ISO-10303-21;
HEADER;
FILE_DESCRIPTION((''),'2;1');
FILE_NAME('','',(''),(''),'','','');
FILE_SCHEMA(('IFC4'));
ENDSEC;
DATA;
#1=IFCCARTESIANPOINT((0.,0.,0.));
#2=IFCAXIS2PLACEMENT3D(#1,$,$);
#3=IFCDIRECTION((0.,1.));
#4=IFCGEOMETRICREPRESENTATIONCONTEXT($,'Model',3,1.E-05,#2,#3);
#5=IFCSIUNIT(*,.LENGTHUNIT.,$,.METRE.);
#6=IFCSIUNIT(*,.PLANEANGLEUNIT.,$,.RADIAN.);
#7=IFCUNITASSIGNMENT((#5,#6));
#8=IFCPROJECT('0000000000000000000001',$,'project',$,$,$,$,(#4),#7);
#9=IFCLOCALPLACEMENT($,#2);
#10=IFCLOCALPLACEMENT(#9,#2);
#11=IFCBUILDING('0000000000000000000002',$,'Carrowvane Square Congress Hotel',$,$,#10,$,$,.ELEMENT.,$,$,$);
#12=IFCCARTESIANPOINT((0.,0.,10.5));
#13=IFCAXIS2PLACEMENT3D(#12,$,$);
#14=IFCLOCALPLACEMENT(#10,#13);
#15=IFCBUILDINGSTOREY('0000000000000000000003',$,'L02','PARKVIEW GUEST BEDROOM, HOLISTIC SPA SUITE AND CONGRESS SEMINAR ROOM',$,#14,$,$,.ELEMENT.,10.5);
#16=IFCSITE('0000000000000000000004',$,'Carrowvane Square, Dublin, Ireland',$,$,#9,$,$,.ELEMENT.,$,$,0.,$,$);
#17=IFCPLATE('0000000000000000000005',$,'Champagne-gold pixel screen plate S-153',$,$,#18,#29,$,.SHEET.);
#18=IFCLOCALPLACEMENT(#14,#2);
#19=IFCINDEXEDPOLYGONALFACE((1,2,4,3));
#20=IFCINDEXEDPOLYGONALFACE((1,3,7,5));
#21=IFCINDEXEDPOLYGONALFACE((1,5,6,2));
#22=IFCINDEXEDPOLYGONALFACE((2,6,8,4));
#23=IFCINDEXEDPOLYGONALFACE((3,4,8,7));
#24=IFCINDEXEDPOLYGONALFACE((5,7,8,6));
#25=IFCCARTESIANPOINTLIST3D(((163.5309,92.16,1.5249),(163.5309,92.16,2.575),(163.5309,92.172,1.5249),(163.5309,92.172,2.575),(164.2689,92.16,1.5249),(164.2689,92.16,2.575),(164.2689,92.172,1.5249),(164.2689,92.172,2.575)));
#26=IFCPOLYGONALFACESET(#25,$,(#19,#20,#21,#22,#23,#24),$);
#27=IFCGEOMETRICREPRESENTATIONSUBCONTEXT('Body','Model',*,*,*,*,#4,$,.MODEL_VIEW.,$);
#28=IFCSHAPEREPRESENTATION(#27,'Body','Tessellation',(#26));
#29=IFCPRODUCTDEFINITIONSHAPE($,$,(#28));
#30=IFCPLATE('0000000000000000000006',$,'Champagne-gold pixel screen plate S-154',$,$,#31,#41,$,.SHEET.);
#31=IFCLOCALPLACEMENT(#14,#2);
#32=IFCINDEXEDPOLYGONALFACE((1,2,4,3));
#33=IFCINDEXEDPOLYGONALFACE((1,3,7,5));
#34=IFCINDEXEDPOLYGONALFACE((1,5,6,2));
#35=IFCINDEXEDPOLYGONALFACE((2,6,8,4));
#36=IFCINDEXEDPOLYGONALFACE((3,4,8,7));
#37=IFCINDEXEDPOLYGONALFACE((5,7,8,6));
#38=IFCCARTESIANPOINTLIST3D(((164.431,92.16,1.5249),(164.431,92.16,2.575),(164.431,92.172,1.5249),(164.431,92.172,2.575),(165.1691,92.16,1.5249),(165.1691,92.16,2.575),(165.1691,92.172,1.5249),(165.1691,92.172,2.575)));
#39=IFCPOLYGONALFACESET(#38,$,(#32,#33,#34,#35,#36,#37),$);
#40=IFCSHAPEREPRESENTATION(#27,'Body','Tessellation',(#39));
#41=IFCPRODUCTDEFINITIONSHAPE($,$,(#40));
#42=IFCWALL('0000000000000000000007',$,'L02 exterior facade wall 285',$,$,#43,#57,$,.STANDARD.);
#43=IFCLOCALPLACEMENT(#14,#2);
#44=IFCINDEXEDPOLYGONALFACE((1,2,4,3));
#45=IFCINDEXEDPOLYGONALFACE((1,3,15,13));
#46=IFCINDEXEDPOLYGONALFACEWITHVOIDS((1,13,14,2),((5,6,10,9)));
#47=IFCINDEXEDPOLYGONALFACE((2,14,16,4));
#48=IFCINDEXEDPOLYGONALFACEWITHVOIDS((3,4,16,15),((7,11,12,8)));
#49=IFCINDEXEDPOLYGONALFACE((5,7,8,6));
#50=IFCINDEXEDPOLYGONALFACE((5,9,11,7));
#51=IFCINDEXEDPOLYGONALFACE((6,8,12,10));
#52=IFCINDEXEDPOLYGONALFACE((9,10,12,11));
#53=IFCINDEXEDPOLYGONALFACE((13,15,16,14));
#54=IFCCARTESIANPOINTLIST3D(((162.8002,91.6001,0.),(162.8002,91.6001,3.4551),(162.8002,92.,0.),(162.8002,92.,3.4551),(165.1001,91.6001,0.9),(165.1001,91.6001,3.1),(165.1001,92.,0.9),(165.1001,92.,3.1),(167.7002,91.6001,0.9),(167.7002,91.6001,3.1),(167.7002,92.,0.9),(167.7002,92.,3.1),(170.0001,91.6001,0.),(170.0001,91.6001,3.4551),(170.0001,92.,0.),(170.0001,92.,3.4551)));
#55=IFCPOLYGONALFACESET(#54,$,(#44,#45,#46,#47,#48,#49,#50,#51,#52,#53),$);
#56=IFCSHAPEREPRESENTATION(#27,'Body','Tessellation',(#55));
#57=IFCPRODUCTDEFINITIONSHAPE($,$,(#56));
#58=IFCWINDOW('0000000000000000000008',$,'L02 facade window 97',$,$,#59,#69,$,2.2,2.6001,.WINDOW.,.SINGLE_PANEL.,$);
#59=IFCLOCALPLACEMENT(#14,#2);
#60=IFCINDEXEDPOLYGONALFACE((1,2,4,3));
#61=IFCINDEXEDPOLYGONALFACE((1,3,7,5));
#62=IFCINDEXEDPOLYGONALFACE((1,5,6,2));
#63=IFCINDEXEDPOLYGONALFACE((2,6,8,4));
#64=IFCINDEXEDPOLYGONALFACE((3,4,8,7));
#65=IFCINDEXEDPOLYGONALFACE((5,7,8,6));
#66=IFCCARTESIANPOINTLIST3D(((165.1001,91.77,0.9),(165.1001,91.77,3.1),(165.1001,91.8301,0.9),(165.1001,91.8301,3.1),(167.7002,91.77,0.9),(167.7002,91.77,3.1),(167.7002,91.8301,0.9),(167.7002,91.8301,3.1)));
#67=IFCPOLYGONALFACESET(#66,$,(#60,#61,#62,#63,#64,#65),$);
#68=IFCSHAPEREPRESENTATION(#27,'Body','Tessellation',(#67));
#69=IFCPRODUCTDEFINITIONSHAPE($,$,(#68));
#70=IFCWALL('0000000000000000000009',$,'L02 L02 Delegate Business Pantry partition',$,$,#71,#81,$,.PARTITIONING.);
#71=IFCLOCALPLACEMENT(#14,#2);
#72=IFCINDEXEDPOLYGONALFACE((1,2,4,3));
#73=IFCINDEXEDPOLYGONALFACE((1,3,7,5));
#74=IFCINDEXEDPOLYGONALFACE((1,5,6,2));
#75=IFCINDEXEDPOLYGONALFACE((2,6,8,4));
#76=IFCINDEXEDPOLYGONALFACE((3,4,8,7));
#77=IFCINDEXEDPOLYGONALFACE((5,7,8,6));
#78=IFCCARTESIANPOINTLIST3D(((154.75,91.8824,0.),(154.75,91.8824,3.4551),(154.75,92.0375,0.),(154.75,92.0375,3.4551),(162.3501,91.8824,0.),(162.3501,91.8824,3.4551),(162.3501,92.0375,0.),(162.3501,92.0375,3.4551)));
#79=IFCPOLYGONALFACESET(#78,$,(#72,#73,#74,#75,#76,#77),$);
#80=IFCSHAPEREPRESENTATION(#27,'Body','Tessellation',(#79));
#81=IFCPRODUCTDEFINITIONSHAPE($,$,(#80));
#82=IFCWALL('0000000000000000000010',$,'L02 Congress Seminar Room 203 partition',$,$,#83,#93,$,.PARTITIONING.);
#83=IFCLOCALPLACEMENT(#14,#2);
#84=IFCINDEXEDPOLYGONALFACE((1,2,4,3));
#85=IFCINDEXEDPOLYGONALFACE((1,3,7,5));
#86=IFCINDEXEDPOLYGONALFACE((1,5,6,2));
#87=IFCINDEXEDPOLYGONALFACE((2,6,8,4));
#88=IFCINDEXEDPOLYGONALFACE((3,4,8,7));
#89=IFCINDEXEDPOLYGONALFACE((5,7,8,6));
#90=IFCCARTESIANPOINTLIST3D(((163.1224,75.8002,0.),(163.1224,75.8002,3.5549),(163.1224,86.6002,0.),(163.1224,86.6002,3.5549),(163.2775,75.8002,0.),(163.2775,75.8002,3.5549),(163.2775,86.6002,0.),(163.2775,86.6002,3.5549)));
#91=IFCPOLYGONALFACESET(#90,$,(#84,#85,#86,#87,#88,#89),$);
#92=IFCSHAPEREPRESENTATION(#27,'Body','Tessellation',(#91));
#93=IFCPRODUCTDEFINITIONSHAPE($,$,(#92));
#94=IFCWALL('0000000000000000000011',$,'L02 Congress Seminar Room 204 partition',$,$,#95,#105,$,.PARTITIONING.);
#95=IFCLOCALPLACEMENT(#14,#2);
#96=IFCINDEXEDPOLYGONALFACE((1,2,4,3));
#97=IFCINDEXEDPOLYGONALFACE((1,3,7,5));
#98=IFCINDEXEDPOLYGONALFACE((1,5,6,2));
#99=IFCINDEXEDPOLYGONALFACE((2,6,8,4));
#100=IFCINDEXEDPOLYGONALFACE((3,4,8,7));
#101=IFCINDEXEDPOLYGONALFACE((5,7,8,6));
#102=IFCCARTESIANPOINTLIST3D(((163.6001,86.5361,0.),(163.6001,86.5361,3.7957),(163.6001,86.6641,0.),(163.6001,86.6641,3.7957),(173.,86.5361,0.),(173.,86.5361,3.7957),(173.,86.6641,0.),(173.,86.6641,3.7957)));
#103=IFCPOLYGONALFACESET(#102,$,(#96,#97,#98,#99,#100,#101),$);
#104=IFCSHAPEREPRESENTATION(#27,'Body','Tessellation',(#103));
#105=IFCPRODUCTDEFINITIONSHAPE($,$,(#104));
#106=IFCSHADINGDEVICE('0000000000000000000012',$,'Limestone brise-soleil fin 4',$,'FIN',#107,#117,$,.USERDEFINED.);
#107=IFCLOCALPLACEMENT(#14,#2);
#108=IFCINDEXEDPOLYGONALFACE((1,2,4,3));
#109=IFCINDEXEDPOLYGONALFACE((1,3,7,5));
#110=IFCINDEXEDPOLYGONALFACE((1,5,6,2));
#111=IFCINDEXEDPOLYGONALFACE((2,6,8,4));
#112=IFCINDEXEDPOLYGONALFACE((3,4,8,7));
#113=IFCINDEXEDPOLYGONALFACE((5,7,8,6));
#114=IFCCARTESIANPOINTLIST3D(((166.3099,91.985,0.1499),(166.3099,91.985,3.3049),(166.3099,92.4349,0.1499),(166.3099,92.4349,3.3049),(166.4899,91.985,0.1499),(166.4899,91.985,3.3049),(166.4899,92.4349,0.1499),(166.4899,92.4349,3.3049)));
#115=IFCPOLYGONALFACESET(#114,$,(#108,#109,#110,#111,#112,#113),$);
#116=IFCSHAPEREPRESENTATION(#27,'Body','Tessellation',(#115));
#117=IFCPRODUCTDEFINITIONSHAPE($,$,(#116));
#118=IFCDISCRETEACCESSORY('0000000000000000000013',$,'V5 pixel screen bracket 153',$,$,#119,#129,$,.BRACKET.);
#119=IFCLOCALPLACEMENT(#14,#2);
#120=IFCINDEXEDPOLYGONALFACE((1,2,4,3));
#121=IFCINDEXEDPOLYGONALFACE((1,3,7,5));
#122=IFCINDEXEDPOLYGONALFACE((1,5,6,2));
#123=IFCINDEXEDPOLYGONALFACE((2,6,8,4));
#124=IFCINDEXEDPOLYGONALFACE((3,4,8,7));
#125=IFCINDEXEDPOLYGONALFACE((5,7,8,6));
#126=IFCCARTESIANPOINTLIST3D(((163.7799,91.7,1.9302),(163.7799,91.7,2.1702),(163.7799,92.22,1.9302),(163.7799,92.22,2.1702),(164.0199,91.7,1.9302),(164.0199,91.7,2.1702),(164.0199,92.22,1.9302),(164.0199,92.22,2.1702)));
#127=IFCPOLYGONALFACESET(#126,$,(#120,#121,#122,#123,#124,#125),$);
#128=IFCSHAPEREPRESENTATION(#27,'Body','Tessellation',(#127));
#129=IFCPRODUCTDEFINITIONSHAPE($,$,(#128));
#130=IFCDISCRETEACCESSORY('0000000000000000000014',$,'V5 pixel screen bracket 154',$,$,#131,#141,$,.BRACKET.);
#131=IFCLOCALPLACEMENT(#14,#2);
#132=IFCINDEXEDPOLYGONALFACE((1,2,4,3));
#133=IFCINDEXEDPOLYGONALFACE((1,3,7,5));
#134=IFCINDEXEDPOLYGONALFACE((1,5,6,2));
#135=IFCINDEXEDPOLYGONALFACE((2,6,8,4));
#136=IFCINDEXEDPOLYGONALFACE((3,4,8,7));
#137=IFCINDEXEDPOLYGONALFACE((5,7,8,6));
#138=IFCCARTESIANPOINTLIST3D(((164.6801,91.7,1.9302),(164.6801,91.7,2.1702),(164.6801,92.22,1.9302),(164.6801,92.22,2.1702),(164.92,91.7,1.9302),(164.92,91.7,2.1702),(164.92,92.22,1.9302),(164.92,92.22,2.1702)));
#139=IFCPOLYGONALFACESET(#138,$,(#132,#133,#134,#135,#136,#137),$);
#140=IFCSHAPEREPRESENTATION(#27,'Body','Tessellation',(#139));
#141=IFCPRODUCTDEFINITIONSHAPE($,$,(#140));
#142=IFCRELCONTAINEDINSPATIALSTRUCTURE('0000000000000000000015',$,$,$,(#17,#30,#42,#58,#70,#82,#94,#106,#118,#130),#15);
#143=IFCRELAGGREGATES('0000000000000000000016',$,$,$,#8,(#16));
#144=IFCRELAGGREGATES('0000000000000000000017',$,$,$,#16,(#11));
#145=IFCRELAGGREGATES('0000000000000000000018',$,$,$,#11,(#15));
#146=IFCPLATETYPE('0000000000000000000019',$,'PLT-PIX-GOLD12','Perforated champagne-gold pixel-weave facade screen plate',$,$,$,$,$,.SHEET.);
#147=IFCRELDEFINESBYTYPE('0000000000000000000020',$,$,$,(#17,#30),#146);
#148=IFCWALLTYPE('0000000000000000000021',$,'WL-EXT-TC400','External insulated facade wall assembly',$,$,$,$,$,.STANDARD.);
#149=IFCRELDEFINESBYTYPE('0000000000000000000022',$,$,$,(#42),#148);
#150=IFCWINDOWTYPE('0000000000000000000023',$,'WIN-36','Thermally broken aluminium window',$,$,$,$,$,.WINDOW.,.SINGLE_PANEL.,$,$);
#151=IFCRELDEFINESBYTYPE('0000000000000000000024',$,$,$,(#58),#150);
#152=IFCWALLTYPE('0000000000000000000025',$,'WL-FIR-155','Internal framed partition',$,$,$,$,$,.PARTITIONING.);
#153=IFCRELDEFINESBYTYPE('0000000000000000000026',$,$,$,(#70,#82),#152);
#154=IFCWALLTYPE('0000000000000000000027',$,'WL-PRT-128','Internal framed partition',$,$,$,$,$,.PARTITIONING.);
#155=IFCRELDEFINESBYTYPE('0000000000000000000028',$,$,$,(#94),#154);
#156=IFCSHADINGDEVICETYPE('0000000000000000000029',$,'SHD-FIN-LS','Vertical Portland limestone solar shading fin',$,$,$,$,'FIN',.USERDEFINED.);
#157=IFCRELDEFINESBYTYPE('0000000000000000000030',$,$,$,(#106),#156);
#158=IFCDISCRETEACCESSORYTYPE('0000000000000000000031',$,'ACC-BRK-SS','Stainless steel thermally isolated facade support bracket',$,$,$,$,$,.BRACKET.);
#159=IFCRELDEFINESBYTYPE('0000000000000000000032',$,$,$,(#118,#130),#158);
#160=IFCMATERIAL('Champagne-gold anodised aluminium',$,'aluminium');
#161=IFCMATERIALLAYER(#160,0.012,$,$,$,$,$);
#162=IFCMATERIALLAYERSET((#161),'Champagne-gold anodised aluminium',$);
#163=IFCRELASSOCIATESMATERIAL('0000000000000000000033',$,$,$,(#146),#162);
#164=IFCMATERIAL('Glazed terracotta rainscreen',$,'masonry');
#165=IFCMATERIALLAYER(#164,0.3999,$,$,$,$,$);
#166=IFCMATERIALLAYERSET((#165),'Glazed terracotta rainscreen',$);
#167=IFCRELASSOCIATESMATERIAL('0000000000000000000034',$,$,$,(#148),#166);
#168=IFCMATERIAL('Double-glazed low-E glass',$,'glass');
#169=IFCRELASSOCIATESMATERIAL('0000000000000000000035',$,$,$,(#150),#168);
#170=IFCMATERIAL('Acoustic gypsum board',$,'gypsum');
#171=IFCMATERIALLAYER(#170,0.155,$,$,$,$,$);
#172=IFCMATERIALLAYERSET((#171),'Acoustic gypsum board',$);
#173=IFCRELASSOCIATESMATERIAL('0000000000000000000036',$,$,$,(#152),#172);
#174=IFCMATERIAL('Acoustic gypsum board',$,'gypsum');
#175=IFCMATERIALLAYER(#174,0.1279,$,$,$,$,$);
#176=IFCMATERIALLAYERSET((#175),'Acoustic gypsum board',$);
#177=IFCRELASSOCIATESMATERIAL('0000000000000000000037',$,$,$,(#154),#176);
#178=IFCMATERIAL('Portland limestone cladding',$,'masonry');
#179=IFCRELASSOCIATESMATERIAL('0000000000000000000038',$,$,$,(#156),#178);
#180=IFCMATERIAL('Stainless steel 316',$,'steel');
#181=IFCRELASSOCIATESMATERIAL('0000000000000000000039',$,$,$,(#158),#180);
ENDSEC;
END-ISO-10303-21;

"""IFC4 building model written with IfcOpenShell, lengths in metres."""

from ifc_helpers import new_model, si_unit, direction, frame, frame_2d, origin, origin_2d, place, context, subcontext, project, spatial, rectangle, extrude, material, layer, layer_set, type_object, element, fill, save


model = new_model("IFC4")

# Units and contexts
model_context = context("Model", 3, precision=1e-05, world=origin(), true_north=direction((0.0, 1.0)))
body_context = subcontext(model_context, "Body", "Model", "MODEL_VIEW")
ifc_project = project(units=[si_unit("LENGTHUNIT", "METRE"), si_unit("PLANEANGLEUNIT", "RADIAN")], contexts=[model_context])

# Site, building, storey
site_placement = place(None, origin())
site = spatial("IfcSite", under=ifc_project, at=site_placement, Name="Carrowvane Square, Dublin, Ireland", CompositionType="ELEMENT", RefElevation=0.0)
building_placement = place(site_placement, origin())
building = spatial("IfcBuilding", under=site, at=building_placement, Name="Carrowvane Square Congress Hotel", CompositionType="ELEMENT")
storey_placement = place(building_placement, frame((0.0, 0.0, 10.5)))
storey = spatial("IfcBuildingStorey", under=building, at=storey_placement, Name="L02", Description="PARKVIEW GUEST BEDROOM, HOLISTIC SPA SUITE AND CONGRESS SEMINAR ROOM", CompositionType="ELEMENT", Elevation=10.5)

# Plates
ifc_material_1 = material(Name="Champagne-gold anodised aluminium", Category="aluminium")
ifc_layer_1 = layer(ifc_material_1, 0.012)
ifc_layer_set_1 = layer_set([ifc_layer_1], Name="Champagne-gold anodised aluminium")
plate_type = type_object("IfcPlateType", Name="PLT-PIX-GOLD12", Description="Perforated champagne-gold pixel-weave facade screen plate", PredefinedType="SHEET", material=ifc_layer_set_1)
for number, where, z_axis, x_axis, name in (
    (1, (163.8999, 92.166, 1.5249), (0.0, 0.0, 1.0), (1.0, 0.0, 0.0), "Champagne-gold pixel screen plate S-153"),
    (2, (164.8, 92.166, 1.5249), (0.0, 0.0, 1.0), (1.0, 0.0, 0.0), "Champagne-gold pixel screen plate S-154"),
):
    element("IfcPlate", number, at=place(storey_placement, frame(where, z_axis=z_axis, x_axis=x_axis)), inside=storey, type_object=plate_type, Name=name, PredefinedType="SHEET", context=body_context, shape_type="SweptSolid", body=[
        extrude(rectangle(XDim=0.738, YDim=0.012, at=origin_2d()), origin(), (0.0, 0.0, 1.0), 1.05),
    ])

# Wall, opening, window
ifc_material_2 = material(Name="Glazed terracotta rainscreen", Category="masonry")
ifc_layer_2 = layer(ifc_material_2, 0.3999)
ifc_layer_set_2 = layer_set([ifc_layer_2], Name="Glazed terracotta rainscreen")
wall_type_1 = type_object("IfcWallType", Name="WL-EXT-TC400", Description="External insulated facade wall assembly", PredefinedType="STANDARD", material=ifc_layer_set_2)
wall_1_placement = place(storey_placement, frame((162.8, 91.8, 0.0), z_axis=(0.0, 0.0, 1.0), x_axis=(1.0, 0.0, 0.0)))
wall_1 = element("IfcWall", 3, at=wall_1_placement, inside=storey, type_object=wall_type_1, Name="L02 exterior facade wall 285", PredefinedType="STANDARD", context=body_context, shape_type="SweptSolid", body=[
    extrude(rectangle(XDim=7.2, YDim=0.3999, at=frame_2d((3.6001, 0.0))), origin(), (0.0, 0.0, 1.0), 3.4551),
])
opening_placement = place(wall_1_placement, frame((2.3, 0.0, 0.8999)))
opening = element("IfcOpeningElement", 4, at=opening_placement, cuts=wall_1, PredefinedType="OPENING", context=body_context, shape_type="SweptSolid", body=[
    extrude(rectangle(XDim=2.6001, YDim=2.2, at=frame_2d((1.3, 1.1001))), frame((0.0, 0.21, 0.0), z_axis=(0.0, -1.0, 0.0), x_axis=(1.0, 0.0, 0.0)), (0.0, 0.0, 1.0), 0.4199),
])
ifc_material_3 = material(Name="Double-glazed low-E glass", Category="glass")
window_type = type_object("IfcWindowType", Name="WIN-36", Description="Thermally broken aluminium window", PartitioningType="SINGLE_PANEL", PredefinedType="WINDOW", material=ifc_material_3)
window_placement = place(opening_placement, origin())
window = element("IfcWindow", 5, at=window_placement, inside=storey, type_object=window_type, Name="L02 facade window 97", OverallHeight=2.2, OverallWidth=2.6001, PartitioningType="SINGLE_PANEL", PredefinedType="WINDOW", context=body_context, shape_type="SweptSolid", body=[
    extrude(rectangle(XDim=2.6001, YDim=2.2, at=frame_2d((1.3, 1.1001))), frame((0.0, 0.03, 0.0), z_axis=(0.0, -1.0, 0.0), x_axis=(1.0, 0.0, 0.0)), (0.0, 0.0, 1.0), 0.0601),
])
fill(opening, window)

# Walls
ifc_material_4 = material(Name="Acoustic gypsum board", Category="gypsum")
ifc_layer_3 = layer(ifc_material_4, 0.155)
ifc_layer_set_3 = layer_set([ifc_layer_3], Name="Acoustic gypsum board")
wall_type_2 = type_object("IfcWallType", Name="WL-FIR-155", Description="Internal framed partition", PredefinedType="PARTITIONING", material=ifc_layer_set_3)
wall_2_placement = place(storey_placement, frame((162.3501, 91.96, 0.0), z_axis=(0.0, 0.0, 1.0), x_axis=(-1.0, 0.0, 0.0)))
element("IfcWall", 6, at=wall_2_placement, inside=storey, type_object=wall_type_2, Name="L02 L02 Delegate Business Pantry partition", PredefinedType="PARTITIONING", context=body_context, shape_type="SweptSolid", body=[
    extrude(rectangle(XDim=7.6001, YDim=0.155, at=frame_2d((3.8, 0.0))), origin(), (0.0, 0.0, 1.0), 3.4551),
])
wall_3_placement = place(storey_placement, frame((163.2, 86.6001, 0.0), z_axis=(0.0, 0.0, 1.0), x_axis=(0.0, -1.0, 0.0)))
element("IfcWall", 7, at=wall_3_placement, inside=storey, type_object=wall_type_2, Name="L02 Congress Seminar Room 203 partition", PredefinedType="PARTITIONING", context=body_context, shape_type="SweptSolid", body=[
    extrude(rectangle(XDim=10.8, YDim=0.155, at=frame_2d((5.3999, 0.0))), origin(), (0.0, 0.0, 1.0), 3.5549),
])
ifc_material_5 = material(Name="Acoustic gypsum board", Category="gypsum")
ifc_layer_4 = layer(ifc_material_5, 0.1279)
ifc_layer_set_4 = layer_set([ifc_layer_4], Name="Acoustic gypsum board")
wall_type_3 = type_object("IfcWallType", Name="WL-PRT-128", Description="Internal framed partition", PredefinedType="PARTITIONING", material=ifc_layer_set_4)
wall_4_placement = place(storey_placement, frame((163.6001, 86.6001, 0.0), z_axis=(0.0, 0.0, 1.0), x_axis=(1.0, 0.0, 0.0)))
element("IfcWall", 8, at=wall_4_placement, inside=storey, type_object=wall_type_3, Name="L02 Congress Seminar Room 204 partition", PredefinedType="PARTITIONING", context=body_context, shape_type="SweptSolid", body=[
    extrude(rectangle(XDim=9.3999, YDim=0.1279, at=frame_2d((4.7, 0.0))), origin(), (0.0, 0.0, 1.0), 3.7957),
])

# Shading device
ifc_material_6 = material(Name="Portland limestone cladding", Category="masonry")
shading_device_type = type_object("IfcShadingDeviceType", Name="SHD-FIN-LS", Description="Vertical Portland limestone solar shading fin", ElementType="FIN", PredefinedType="USERDEFINED", material=ifc_material_6)
shading_device_placement = place(storey_placement, frame((166.3999, 92.21, 0.1499), z_axis=(0.0, 0.0, 1.0), x_axis=(1.0, 0.0, 0.0)))
element("IfcShadingDevice", 9, at=shading_device_placement, inside=storey, type_object=shading_device_type, Name="Limestone brise-soleil fin 4", ObjectType="FIN", PredefinedType="USERDEFINED", context=body_context, shape_type="SweptSolid", body=[
    extrude(rectangle(XDim=0.1799, YDim=0.45, at=origin_2d()), origin(), (0.0, 0.0, 1.0), 3.155),
])

# Discrete accessories
ifc_material_7 = material(Name="Stainless steel 316", Category="steel")
discrete_accessory_type = type_object("IfcDiscreteAccessoryType", Name="ACC-BRK-SS", Description="Stainless steel thermally isolated facade support bracket", PredefinedType="BRACKET", material=ifc_material_7)
for number, where, z_axis, x_axis, name in (
    (10, (163.8999, 91.96, 1.9302), (0.0, 0.0, 1.0), (1.0, 0.0, 0.0), "V5 pixel screen bracket 153"),
    (11, (164.8, 91.96, 1.9302), (0.0, 0.0, 1.0), (1.0, 0.0, 0.0), "V5 pixel screen bracket 154"),
):
    element("IfcDiscreteAccessory", number, at=place(storey_placement, frame(where, z_axis=z_axis, x_axis=x_axis)), inside=storey, type_object=discrete_accessory_type, Name=name, PredefinedType="BRACKET", context=body_context, shape_type="SweptSolid", body=[
        extrude(rectangle(XDim=0.24, YDim=0.52, at=origin_2d()), origin(), (0.0, 0.0, 1.0), 0.24),
    ])

save(model, "model.ifc")
